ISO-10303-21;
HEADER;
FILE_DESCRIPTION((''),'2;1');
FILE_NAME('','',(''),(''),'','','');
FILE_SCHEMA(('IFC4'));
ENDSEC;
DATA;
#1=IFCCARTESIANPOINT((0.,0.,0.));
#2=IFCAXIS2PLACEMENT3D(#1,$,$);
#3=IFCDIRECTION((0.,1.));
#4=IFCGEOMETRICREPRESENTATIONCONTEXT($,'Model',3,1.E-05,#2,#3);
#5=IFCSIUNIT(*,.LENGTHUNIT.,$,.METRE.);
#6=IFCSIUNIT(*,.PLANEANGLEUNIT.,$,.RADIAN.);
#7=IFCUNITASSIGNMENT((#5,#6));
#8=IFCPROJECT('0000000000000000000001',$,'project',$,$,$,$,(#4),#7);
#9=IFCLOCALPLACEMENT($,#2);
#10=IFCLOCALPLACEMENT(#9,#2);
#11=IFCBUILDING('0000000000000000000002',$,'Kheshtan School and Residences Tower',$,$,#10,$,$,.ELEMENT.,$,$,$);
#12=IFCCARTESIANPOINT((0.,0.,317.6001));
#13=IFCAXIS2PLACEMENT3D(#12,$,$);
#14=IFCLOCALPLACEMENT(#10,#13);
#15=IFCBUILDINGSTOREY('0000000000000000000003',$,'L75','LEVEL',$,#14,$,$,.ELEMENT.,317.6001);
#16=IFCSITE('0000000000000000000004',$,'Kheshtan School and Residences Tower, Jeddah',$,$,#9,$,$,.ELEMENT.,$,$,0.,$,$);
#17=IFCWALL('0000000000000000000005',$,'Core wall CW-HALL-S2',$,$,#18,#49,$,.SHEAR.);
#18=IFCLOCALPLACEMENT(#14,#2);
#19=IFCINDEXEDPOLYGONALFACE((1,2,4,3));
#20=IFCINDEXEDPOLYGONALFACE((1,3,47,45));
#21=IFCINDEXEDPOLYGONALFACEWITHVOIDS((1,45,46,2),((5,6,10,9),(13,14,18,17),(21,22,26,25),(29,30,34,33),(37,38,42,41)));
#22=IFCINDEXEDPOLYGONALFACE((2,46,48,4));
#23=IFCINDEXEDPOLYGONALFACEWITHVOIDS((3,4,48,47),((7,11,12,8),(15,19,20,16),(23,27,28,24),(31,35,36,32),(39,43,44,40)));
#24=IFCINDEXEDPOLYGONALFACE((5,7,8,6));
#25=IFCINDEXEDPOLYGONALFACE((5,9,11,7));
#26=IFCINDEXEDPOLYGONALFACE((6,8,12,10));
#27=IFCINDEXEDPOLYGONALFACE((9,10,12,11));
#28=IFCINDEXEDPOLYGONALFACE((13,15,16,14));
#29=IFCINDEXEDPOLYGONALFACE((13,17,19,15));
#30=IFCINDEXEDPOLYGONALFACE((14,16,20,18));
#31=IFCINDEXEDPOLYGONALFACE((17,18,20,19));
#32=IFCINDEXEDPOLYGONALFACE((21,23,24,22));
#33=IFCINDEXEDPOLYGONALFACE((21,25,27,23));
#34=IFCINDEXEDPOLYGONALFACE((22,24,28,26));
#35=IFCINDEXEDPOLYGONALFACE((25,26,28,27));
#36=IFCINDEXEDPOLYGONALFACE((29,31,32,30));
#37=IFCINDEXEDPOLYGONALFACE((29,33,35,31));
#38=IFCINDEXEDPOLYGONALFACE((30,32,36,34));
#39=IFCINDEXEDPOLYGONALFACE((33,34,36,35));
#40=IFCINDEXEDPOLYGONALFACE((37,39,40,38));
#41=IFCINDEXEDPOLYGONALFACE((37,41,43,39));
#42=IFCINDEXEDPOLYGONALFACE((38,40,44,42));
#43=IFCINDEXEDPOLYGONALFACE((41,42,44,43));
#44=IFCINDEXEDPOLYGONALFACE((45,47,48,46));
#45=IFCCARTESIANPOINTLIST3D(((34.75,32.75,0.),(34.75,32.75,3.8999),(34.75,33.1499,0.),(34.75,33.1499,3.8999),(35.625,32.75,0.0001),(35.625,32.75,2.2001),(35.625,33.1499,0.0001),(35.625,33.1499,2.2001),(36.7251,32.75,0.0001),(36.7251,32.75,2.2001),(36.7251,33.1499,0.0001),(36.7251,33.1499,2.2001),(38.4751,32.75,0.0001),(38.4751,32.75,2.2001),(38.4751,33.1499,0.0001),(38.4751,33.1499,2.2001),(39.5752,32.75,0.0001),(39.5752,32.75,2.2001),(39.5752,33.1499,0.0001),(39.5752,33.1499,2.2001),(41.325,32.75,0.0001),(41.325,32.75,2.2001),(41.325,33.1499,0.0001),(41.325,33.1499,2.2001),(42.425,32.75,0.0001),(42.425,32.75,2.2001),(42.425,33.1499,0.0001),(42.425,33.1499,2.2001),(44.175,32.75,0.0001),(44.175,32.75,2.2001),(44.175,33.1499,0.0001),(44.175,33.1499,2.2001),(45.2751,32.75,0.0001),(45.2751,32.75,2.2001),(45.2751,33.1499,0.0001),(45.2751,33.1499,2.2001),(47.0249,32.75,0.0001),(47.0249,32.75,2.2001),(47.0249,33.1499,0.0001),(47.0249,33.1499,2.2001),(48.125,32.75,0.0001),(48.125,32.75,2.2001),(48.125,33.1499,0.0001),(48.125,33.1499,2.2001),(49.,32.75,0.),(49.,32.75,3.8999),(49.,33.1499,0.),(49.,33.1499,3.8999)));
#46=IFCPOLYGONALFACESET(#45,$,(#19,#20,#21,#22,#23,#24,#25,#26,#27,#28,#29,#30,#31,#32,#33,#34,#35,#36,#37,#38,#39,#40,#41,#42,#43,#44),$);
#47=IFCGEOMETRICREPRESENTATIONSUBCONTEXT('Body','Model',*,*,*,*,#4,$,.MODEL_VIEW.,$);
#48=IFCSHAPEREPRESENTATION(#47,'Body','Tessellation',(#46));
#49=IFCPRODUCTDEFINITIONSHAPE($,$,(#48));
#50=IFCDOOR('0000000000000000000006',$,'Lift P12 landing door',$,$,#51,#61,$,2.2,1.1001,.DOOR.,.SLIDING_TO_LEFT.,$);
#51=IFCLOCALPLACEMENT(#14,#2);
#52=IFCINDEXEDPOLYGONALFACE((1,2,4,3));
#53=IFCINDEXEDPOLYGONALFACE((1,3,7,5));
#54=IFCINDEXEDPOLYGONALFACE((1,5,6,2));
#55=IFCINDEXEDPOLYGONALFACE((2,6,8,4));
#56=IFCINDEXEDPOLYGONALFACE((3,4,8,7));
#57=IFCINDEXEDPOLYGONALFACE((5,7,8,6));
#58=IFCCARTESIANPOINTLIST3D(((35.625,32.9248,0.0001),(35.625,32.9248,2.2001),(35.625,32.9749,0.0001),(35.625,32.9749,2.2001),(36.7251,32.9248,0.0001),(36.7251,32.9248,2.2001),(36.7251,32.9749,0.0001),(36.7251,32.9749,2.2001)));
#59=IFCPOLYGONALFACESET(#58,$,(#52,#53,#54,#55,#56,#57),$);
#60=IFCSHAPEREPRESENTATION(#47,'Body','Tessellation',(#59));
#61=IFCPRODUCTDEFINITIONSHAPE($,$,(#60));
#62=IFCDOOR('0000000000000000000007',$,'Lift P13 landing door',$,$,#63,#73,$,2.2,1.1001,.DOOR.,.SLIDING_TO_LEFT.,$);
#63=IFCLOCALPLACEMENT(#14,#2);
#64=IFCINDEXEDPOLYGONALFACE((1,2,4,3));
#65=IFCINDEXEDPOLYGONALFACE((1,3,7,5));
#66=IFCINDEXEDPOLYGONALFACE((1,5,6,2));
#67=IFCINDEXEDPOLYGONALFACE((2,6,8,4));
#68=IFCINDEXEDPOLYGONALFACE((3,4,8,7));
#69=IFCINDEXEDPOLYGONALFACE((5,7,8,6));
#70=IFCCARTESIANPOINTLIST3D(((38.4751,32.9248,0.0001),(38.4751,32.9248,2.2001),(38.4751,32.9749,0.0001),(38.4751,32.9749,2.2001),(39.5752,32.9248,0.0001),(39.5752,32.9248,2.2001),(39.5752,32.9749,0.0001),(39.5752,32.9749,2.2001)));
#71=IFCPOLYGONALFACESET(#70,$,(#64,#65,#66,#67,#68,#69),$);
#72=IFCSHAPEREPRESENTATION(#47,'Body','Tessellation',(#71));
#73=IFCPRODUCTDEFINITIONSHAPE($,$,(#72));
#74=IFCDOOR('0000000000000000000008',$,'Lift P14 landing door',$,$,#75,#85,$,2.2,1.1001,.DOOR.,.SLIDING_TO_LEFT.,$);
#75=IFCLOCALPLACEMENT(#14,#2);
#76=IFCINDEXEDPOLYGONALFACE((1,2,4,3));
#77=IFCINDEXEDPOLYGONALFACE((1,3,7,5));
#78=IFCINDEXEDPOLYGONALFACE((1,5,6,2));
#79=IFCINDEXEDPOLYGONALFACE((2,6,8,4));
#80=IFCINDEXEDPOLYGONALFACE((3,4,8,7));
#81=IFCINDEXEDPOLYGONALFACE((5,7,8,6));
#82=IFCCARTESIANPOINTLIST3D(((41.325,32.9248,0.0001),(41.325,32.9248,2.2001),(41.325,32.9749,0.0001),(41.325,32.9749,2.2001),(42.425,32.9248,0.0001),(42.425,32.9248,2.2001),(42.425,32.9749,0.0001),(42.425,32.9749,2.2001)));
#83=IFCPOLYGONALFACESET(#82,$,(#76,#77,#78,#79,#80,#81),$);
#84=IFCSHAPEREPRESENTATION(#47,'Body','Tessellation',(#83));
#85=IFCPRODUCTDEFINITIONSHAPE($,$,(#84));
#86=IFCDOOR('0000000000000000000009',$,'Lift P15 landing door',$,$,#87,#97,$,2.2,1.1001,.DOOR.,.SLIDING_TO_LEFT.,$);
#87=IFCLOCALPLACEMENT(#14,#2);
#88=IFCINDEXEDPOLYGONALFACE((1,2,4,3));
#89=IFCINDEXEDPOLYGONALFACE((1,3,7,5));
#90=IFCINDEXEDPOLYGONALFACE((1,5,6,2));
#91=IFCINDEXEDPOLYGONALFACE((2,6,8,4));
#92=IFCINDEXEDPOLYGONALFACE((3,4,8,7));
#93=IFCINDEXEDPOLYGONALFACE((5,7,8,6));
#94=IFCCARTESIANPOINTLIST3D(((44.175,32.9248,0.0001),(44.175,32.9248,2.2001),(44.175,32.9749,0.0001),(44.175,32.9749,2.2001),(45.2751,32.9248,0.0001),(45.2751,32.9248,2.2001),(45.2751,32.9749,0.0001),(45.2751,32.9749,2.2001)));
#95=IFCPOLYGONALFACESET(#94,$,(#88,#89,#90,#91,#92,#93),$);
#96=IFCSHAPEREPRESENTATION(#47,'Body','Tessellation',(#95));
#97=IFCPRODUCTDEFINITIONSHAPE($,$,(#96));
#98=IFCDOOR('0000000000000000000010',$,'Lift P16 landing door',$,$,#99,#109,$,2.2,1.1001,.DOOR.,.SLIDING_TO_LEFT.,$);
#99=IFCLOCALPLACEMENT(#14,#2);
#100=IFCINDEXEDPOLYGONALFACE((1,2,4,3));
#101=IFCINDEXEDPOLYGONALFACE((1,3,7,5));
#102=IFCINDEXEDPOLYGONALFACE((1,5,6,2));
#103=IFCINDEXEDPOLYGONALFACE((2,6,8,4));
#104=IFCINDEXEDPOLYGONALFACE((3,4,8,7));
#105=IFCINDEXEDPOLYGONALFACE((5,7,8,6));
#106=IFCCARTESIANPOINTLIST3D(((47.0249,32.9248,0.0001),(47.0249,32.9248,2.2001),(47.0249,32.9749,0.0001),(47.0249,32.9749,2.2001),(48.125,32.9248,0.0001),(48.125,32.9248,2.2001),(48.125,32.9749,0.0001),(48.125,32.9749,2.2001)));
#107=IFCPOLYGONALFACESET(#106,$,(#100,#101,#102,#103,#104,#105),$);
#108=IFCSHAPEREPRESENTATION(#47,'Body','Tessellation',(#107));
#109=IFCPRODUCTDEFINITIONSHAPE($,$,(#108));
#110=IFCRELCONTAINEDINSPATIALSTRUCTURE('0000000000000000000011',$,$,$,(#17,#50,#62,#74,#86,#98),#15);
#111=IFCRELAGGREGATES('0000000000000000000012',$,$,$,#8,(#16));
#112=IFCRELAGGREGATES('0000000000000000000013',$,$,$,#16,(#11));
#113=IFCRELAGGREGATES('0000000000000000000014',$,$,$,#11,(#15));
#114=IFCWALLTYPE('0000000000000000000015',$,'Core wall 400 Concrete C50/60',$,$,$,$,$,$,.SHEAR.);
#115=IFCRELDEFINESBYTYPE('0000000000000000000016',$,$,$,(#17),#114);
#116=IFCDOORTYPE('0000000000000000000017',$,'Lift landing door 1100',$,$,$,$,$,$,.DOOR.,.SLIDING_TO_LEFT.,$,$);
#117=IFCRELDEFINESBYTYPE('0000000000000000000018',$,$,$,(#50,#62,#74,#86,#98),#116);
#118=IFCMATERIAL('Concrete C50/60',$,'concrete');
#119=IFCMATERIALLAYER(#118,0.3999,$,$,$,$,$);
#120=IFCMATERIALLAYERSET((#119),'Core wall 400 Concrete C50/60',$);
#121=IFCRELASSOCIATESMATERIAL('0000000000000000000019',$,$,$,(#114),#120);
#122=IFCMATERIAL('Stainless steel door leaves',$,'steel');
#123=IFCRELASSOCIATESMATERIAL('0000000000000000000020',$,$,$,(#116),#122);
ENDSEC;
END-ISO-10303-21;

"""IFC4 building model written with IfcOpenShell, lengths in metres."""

from ifc_helpers import new_model, si_unit, direction, frame, frame_2d, origin, place, context, subcontext, project, spatial, rectangle, extrude, source, transform, mapped, material, layer, layer_set, type_object, element, fill, save


model = new_model("IFC4")

# Units and contexts
model_context = context("Model", 3, precision=1e-05, world=origin(), true_north=direction((0.0, 1.0)))
body_context = subcontext(model_context, "Body", "Model", "MODEL_VIEW")
ifc_project = project(units=[si_unit("LENGTHUNIT", "METRE"), si_unit("PLANEANGLEUNIT", "RADIAN")], contexts=[model_context])

# Site, building, storey
site_placement = place(None, origin())
site = spatial("IfcSite", under=ifc_project, at=site_placement, Name="Kheshtan School and Residences Tower, Jeddah", CompositionType="ELEMENT", RefElevation=0.0)
building_placement = place(site_placement, origin())
building = spatial("IfcBuilding", under=site, at=building_placement, Name="Kheshtan School and Residences Tower", CompositionType="ELEMENT")
storey_placement = place(building_placement, frame((0.0, 0.0, 317.6001)))
storey = spatial("IfcBuildingStorey", under=building, at=storey_placement, Name="L75", Description="LEVEL", CompositionType="ELEMENT", Elevation=317.6001)

# Wall, openings, doors
ifc_material_1 = material(Name="Concrete C50/60", Category="concrete")
ifc_layer_1 = layer(ifc_material_1, 0.3999)
ifc_layer_set_1 = layer_set([ifc_layer_1], Name="Core wall 400 Concrete C50/60")
wall_type_1 = type_object("IfcWallType", Name="Core wall 400 Concrete C50/60", PredefinedType="SHEAR", material=ifc_layer_set_1)
ifc_material_2 = material(Name="Stainless steel door leaves", Category="steel")
door_type_1 = type_object("IfcDoorType", Name="Lift landing door 1100", OperationType="SLIDING_TO_LEFT", PredefinedType="DOOR", material=ifc_material_2)
shared_shape_1 = source(origin(), body_context, "Body", "SweptSolid", [
    extrude(rectangle(XDim=1.1001, YDim=2.2, at=frame_2d((0.55, 1.1001))), frame((0.0, 0.0249, 0.0), z_axis=(0.0, -1.0, 0.0), x_axis=(1.0, 0.0, 0.0)), (0.0, 0.0, 1.0), 0.05),
])
wall_1_placement = place(storey_placement, frame((34.75, 32.95, 0.0), z_axis=(0.0, 0.0, 1.0), x_axis=(1.0, 0.0, 0.0)))
wall_1 = element("IfcWall", 1, at=wall_1_placement, inside=storey, type_object=wall_type_1, Name="Core wall CW-HALL-S2", PredefinedType="SHEAR", context=body_context, shape_type="SweptSolid", body=[
    extrude(rectangle(XDim=14.25, YDim=0.3999, at=frame_2d((7.125, 0.0))), origin(), (0.0, 0.0, 1.0), 3.8999),
])
opening_1_placement = place(wall_1_placement, frame((0.875, 0.0, 0.0)))
opening_1 = element("IfcOpeningElement", 2, at=opening_1_placement, cuts=wall_1, PredefinedType="OPENING", context=body_context, shape_type="SweptSolid", body=[
    extrude(rectangle(XDim=1.1001, YDim=2.2, at=frame_2d((0.55, 1.1001))), frame((0.0, 0.21, 0.0), z_axis=(0.0, -1.0, 0.0), x_axis=(1.0, 0.0, 0.0)), (0.0, 0.0, 1.0), 0.4199),
])
opening_2_placement = place(wall_1_placement, frame((3.7251, 0.0, 0.0)))
opening_2 = element("IfcOpeningElement", 3, at=opening_2_placement, cuts=wall_1, PredefinedType="OPENING", context=body_context, shape_type="SweptSolid", body=[
    extrude(rectangle(XDim=1.1001, YDim=2.2, at=frame_2d((0.55, 1.1001))), frame((0.0, 0.21, 0.0), z_axis=(0.0, -1.0, 0.0), x_axis=(1.0, 0.0, 0.0)), (0.0, 0.0, 1.0), 0.4199),
])
opening_3_placement = place(wall_1_placement, frame((6.575, 0.0, 0.0)))
opening_3 = element("IfcOpeningElement", 4, at=opening_3_placement, cuts=wall_1, PredefinedType="OPENING", context=body_context, shape_type="SweptSolid", body=[
    extrude(rectangle(XDim=1.1001, YDim=2.2, at=frame_2d((0.55, 1.1001))), frame((0.0, 0.21, 0.0), z_axis=(0.0, -1.0, 0.0), x_axis=(1.0, 0.0, 0.0)), (0.0, 0.0, 1.0), 0.4199),
])
opening_4_placement = place(wall_1_placement, frame((9.425, 0.0, 0.0)))
opening_4 = element("IfcOpeningElement", 5, at=opening_4_placement, cuts=wall_1, PredefinedType="OPENING", context=body_context, shape_type="SweptSolid", body=[
    extrude(rectangle(XDim=1.1001, YDim=2.2, at=frame_2d((0.55, 1.1001))), frame((0.0, 0.21, 0.0), z_axis=(0.0, -1.0, 0.0), x_axis=(1.0, 0.0, 0.0)), (0.0, 0.0, 1.0), 0.4199),
])
opening_5_placement = place(wall_1_placement, frame((12.2749, 0.0, 0.0)))
opening_5 = element("IfcOpeningElement", 6, at=opening_5_placement, cuts=wall_1, PredefinedType="OPENING", context=body_context, shape_type="SweptSolid", body=[
    extrude(rectangle(XDim=1.1001, YDim=2.2, at=frame_2d((0.55, 1.1001))), frame((0.0, 0.21, 0.0), z_axis=(0.0, -1.0, 0.0), x_axis=(1.0, 0.0, 0.0)), (0.0, 0.0, 1.0), 0.4199),
])
door_1_placement = place(opening_1_placement, origin())
door_1 = element("IfcDoor", 7, at=door_1_placement, inside=storey, type_object=door_type_1, Name="Lift P12 landing door", OperationType="SLIDING_TO_LEFT", OverallHeight=2.2, OverallWidth=1.1001, PredefinedType="DOOR", context=body_context, shape_type="MappedRepresentation", body=[
    mapped(shared_shape_1, transform((0.0, 0.0, 0.0), x_axis=(1.0, 0.0, 0.0), y_axis=(0.0, 1.0, 0.0), z_axis=(0.0, 0.0, 1.0), scale=1.0)),
])
fill(opening_1, door_1)
door_2_placement = place(opening_2_placement, origin())
door_2 = element("IfcDoor", 8, at=door_2_placement, inside=storey, type_object=door_type_1, Name="Lift P13 landing door", OperationType="SLIDING_TO_LEFT", OverallHeight=2.2, OverallWidth=1.1001, PredefinedType="DOOR", context=body_context, shape_type="MappedRepresentation", body=[
    mapped(shared_shape_1, transform((0.0, 0.0, 0.0), x_axis=(1.0, 0.0, 0.0), y_axis=(0.0, 1.0, 0.0), z_axis=(0.0, 0.0, 1.0), scale=1.0)),
])
fill(opening_2, door_2)
door_3_placement = place(opening_3_placement, origin())
door_3 = element("IfcDoor", 9, at=door_3_placement, inside=storey, type_object=door_type_1, Name="Lift P14 landing door", OperationType="SLIDING_TO_LEFT", OverallHeight=2.2, OverallWidth=1.1001, PredefinedType="DOOR", context=body_context, shape_type="MappedRepresentation", body=[
    mapped(shared_shape_1, transform((0.0, 0.0, 0.0), x_axis=(1.0, 0.0, 0.0), y_axis=(0.0, 1.0, 0.0), z_axis=(0.0, 0.0, 1.0), scale=1.0)),
])
fill(opening_3, door_3)
door_4_placement = place(opening_4_placement, origin())
door_4 = element("IfcDoor", 10, at=door_4_placement, inside=storey, type_object=door_type_1, Name="Lift P15 landing door", OperationType="SLIDING_TO_LEFT", OverallHeight=2.2, OverallWidth=1.1001, PredefinedType="DOOR", context=body_context, shape_type="MappedRepresentation", body=[
    mapped(shared_shape_1, transform((0.0, 0.0, 0.0), x_axis=(1.0, 0.0, 0.0), y_axis=(0.0, 1.0, 0.0), z_axis=(0.0, 0.0, 1.0), scale=1.0)),
])
fill(opening_4, door_4)
door_5_placement = place(opening_5_placement, origin())
door_5 = element("IfcDoor", 11, at=door_5_placement, inside=storey, type_object=door_type_1, Name="Lift P16 landing door", OperationType="SLIDING_TO_LEFT", OverallHeight=2.2, OverallWidth=1.1001, PredefinedType="DOOR", context=body_context, shape_type="MappedRepresentation", body=[
    mapped(shared_shape_1, transform((0.0, 0.0, 0.0), x_axis=(1.0, 0.0, 0.0), y_axis=(0.0, 1.0, 0.0), z_axis=(0.0, 0.0, 1.0), scale=1.0)),
])
fill(opening_5, door_5)

save(model, "model.ifc")
